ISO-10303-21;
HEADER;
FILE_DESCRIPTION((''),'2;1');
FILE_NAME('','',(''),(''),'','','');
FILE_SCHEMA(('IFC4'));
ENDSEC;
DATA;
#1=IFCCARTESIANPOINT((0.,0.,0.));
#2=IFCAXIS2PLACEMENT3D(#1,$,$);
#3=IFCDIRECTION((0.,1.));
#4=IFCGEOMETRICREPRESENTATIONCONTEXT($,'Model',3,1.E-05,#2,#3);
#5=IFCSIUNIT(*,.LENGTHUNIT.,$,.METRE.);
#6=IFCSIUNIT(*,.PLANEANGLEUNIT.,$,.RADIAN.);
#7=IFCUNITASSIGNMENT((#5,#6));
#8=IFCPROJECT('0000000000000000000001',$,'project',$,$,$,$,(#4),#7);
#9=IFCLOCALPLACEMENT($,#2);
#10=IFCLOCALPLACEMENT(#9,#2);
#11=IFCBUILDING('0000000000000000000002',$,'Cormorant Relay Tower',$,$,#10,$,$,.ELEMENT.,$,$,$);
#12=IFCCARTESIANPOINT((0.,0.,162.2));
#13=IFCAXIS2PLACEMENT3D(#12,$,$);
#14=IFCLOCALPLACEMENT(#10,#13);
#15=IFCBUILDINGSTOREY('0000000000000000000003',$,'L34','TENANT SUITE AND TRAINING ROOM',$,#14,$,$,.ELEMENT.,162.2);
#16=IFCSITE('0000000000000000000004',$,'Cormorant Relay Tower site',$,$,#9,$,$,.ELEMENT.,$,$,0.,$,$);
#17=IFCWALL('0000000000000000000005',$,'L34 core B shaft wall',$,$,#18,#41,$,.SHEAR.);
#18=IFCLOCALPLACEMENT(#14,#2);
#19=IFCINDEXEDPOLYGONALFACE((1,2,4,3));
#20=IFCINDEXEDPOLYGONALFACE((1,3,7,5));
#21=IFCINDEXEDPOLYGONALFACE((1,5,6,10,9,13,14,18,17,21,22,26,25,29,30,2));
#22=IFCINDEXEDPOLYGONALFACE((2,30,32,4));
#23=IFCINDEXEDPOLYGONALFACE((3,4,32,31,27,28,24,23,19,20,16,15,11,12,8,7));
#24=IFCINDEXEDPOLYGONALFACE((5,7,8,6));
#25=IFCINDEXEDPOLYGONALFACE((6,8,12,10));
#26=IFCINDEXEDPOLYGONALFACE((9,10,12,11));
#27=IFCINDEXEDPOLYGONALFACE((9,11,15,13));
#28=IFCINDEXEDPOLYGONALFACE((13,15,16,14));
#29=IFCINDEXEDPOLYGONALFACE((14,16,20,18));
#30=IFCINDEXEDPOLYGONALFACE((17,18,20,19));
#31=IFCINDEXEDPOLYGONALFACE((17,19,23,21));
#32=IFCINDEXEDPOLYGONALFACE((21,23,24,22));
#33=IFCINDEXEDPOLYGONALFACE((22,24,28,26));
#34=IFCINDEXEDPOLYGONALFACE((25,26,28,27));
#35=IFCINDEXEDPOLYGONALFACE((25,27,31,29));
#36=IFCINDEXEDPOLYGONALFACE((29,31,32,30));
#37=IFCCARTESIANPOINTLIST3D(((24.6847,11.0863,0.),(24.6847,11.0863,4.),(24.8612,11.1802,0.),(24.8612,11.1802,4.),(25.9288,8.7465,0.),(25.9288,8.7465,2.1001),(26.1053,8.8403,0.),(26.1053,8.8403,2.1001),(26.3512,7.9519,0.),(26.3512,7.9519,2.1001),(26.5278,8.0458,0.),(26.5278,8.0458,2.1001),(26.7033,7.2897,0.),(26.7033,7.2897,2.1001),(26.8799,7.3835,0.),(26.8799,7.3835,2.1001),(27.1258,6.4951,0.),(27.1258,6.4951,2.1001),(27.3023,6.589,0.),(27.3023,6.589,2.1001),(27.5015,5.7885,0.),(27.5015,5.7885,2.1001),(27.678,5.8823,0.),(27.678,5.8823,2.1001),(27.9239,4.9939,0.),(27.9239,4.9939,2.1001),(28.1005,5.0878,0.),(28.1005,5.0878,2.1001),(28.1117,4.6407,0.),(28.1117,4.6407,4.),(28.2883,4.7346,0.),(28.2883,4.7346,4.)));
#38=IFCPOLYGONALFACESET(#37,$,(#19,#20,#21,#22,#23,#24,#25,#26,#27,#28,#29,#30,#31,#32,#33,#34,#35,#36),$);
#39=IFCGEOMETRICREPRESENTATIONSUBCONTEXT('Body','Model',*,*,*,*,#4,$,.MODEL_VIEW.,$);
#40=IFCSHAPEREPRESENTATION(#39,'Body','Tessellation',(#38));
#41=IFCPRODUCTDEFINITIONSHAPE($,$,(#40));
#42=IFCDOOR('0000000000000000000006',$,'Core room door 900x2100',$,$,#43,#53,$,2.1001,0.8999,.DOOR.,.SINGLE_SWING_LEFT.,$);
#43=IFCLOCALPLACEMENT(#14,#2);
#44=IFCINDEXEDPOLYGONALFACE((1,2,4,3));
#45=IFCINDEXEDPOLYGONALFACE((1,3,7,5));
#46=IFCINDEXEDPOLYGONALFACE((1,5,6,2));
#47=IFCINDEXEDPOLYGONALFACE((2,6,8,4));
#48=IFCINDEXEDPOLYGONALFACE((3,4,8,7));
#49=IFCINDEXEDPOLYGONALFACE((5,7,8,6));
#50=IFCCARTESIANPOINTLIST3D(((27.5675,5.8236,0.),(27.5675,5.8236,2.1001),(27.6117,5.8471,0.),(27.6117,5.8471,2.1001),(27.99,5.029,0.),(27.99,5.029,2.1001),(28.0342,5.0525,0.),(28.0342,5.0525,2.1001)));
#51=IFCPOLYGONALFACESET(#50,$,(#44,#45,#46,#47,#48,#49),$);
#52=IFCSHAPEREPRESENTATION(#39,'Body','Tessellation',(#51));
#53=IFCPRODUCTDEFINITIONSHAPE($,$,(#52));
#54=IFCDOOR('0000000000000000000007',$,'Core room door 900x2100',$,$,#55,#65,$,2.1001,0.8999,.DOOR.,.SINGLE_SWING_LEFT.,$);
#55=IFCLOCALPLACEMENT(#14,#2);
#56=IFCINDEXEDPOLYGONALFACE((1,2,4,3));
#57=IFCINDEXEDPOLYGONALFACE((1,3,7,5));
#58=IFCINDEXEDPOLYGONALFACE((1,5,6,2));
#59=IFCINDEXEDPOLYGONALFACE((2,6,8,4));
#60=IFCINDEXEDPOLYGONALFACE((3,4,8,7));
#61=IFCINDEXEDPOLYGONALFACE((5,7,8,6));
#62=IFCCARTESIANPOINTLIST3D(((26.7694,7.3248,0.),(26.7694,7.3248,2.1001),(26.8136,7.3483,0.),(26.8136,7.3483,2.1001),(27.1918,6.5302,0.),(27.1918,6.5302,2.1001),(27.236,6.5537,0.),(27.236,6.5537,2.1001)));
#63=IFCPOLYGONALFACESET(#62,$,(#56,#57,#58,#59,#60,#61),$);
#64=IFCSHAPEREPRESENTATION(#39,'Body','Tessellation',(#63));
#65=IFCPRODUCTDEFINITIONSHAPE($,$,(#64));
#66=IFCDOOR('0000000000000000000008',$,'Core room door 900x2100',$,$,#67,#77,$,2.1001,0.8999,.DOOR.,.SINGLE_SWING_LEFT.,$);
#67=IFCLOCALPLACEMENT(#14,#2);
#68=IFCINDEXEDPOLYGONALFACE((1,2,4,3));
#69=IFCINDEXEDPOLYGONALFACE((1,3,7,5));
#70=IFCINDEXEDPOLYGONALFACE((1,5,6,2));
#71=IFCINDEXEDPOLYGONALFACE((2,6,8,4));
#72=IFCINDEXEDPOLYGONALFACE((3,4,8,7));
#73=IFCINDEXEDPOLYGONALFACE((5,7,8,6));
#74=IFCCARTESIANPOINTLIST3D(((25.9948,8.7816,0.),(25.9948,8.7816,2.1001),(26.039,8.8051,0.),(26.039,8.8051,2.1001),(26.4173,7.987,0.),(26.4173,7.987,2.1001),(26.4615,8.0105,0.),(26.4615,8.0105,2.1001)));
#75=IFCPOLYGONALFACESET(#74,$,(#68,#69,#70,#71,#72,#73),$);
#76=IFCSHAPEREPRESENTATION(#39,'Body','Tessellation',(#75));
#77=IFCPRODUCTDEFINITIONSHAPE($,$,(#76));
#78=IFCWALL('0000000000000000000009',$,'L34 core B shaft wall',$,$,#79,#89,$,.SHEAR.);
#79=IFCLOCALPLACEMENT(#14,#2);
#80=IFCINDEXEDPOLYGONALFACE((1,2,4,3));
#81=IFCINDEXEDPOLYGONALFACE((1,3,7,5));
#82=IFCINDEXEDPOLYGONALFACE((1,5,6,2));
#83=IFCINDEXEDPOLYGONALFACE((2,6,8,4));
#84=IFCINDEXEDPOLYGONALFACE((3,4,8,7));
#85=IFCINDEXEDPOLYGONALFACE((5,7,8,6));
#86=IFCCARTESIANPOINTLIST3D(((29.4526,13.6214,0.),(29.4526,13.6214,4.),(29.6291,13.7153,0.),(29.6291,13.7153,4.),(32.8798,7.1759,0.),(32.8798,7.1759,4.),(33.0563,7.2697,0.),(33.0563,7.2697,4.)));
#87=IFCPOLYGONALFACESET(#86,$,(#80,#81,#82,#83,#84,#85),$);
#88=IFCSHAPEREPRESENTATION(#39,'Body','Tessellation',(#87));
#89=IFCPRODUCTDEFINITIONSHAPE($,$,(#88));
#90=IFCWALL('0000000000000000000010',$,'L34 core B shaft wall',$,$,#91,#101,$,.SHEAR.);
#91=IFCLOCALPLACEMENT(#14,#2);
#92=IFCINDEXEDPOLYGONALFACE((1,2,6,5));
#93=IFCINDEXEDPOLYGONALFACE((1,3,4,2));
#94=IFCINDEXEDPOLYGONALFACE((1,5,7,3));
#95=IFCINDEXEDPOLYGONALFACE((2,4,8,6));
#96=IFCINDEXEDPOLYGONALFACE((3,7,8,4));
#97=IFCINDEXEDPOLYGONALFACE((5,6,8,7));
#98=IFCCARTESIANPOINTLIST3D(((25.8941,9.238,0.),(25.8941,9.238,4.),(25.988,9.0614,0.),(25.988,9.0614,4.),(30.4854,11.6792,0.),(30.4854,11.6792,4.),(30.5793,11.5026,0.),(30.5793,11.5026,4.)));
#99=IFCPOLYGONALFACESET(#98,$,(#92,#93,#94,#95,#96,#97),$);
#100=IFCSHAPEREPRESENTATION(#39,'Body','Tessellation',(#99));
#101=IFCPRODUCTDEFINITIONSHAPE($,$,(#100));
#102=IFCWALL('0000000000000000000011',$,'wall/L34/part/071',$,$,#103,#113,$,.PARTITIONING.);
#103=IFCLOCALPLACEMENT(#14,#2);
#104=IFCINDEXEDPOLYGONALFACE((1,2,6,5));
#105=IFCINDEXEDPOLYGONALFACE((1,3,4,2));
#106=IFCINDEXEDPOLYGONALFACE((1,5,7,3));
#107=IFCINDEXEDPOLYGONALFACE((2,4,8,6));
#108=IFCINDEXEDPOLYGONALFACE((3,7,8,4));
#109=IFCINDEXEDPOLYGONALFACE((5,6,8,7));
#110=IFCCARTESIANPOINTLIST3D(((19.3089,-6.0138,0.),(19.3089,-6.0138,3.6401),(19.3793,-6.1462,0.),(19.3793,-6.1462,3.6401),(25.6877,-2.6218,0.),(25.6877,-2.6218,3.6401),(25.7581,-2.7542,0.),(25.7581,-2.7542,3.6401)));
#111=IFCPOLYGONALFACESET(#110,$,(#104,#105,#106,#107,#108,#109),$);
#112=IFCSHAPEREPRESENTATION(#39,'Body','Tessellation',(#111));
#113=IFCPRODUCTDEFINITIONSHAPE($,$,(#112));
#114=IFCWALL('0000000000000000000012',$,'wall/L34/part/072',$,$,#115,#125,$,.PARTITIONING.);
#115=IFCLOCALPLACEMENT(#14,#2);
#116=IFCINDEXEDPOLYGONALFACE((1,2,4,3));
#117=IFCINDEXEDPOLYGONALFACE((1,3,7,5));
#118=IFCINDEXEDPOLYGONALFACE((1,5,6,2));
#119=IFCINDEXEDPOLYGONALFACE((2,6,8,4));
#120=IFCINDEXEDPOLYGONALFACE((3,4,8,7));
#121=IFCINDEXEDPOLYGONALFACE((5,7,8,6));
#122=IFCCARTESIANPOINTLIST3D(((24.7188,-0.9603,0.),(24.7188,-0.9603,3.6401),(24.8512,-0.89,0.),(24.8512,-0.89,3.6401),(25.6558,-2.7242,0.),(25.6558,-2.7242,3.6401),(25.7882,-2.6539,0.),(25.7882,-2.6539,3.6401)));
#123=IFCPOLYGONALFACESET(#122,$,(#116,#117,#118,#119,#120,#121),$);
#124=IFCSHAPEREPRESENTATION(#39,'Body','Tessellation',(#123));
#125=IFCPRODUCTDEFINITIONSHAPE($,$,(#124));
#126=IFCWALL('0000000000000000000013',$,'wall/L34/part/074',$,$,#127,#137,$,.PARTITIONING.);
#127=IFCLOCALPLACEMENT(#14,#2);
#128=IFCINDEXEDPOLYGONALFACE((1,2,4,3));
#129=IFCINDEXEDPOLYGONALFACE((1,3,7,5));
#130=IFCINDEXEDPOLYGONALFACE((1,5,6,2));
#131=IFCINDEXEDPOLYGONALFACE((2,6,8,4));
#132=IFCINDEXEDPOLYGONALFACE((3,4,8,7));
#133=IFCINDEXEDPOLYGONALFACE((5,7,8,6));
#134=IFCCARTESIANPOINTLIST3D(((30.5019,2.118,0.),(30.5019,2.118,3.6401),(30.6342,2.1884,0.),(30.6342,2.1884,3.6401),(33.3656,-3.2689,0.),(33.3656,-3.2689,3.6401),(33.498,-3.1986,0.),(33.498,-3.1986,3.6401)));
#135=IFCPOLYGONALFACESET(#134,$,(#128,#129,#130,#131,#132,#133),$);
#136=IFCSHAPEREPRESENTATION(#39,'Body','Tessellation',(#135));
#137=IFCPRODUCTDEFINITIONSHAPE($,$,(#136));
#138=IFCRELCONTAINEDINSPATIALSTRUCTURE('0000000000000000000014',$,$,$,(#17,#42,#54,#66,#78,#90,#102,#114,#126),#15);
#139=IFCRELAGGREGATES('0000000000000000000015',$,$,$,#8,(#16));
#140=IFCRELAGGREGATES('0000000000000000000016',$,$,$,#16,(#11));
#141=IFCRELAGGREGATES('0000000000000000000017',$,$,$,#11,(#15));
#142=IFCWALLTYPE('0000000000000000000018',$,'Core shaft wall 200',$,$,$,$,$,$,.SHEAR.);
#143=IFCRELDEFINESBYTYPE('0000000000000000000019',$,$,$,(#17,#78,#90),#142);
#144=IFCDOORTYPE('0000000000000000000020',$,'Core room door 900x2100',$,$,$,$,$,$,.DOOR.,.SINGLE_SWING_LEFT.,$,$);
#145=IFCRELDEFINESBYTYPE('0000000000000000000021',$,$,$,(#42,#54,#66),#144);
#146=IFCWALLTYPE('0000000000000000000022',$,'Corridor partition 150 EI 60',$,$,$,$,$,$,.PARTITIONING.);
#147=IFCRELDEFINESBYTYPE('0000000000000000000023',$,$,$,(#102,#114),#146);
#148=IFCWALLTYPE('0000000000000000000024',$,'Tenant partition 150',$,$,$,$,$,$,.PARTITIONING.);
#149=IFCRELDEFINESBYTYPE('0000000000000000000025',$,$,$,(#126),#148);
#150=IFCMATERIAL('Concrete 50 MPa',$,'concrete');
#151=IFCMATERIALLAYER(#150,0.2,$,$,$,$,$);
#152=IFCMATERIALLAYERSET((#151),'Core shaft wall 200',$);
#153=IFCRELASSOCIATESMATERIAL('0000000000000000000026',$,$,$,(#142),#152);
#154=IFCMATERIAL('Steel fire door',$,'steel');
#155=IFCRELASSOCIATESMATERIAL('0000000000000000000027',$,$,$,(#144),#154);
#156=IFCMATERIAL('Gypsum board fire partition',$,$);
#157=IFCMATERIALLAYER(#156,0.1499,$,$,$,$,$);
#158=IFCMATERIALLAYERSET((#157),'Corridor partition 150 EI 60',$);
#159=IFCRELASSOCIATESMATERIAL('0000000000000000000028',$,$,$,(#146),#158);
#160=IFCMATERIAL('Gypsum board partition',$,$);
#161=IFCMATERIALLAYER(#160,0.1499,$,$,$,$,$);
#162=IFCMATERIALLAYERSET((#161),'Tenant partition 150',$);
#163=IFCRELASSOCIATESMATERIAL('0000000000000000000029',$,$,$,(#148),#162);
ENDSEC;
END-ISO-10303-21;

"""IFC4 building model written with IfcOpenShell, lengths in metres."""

from ifc_helpers import new_model, si_unit, direction, frame, frame_2d, origin, place, context, subcontext, project, spatial, rectangle, extrude, material, layer, layer_set, type_object, element, fill, save


model = new_model("IFC4")

# Units and contexts
model_context = context("Model", 3, precision=1e-05, world=origin(), true_north=direction((0.0, 1.0)))
body_context = subcontext(model_context, "Body", "Model", "MODEL_VIEW")
ifc_project = project(units=[si_unit("LENGTHUNIT", "METRE"), si_unit("PLANEANGLEUNIT", "RADIAN")], contexts=[model_context])

# Site, building, storey
site_placement = place(None, origin())
site = spatial("IfcSite", under=ifc_project, at=site_placement, Name="Cormorant Relay Tower site", CompositionType="ELEMENT", RefElevation=0.0)
building_placement = place(site_placement, origin())
building = spatial("IfcBuilding", under=site, at=building_placement, Name="Cormorant Relay Tower", CompositionType="ELEMENT")
storey_placement = place(building_placement, frame((0.0, 0.0, 162.2)))
storey = spatial("IfcBuildingStorey", under=building, at=storey_placement, Name="L34", Description="TENANT SUITE AND TRAINING ROOM", CompositionType="ELEMENT", Elevation=162.2)

# Shared definitions
ifc_material_1 = material(Name="Concrete 50 MPa", Category="concrete")
ifc_layer_1 = layer(ifc_material_1, 0.2)
ifc_layer_set_1 = layer_set([ifc_layer_1], Name="Core shaft wall 200")
wall_type_1 = type_object("IfcWallType", Name="Core shaft wall 200", PredefinedType="SHEAR", material=ifc_layer_set_1)

# Wall, openings, doors
wall_1_placement = place(storey_placement, frame((28.2, 4.6877, 0.0), z_axis=(0.0, 0.0, 1.0), x_axis=(-0.469454, 0.882957, 0.0)))
wall_1 = element("IfcWall", 1, at=wall_1_placement, inside=storey, type_object=wall_type_1, Name="L34 core B shaft wall", PredefinedType="SHEAR", context=body_context, shape_type="SweptSolid", body=[
    extrude(rectangle(XDim=7.3, YDim=0.2, at=frame_2d((3.6499, 0.0))), origin(), (0.0, 0.0, 1.0), 4.0),
])
opening_1_placement = place(wall_1_placement, frame((0.3999, 0.0, 0.0)))
opening_1 = element("IfcOpeningElement", 2, at=opening_1_placement, cuts=wall_1, PredefinedType="OPENING", context=body_context, shape_type="SweptSolid", body=[
    extrude(rectangle(XDim=0.8999, YDim=2.1001, at=frame_2d((0.45, 1.05))), frame((0.0, 0.1099, 0.0), z_axis=(0.0, -1.0, 0.0), x_axis=(1.0, 0.0, 0.0)), (0.0, 0.0, 1.0), 0.22),
])
opening_2_placement = place(wall_1_placement, frame((2.1001, 0.0, 0.0)))
opening_2 = element("IfcOpeningElement", 3, at=opening_2_placement, cuts=wall_1, PredefinedType="OPENING", context=body_context, shape_type="SweptSolid", body=[
    extrude(rectangle(XDim=0.8999, YDim=2.1001, at=frame_2d((0.45, 1.05))), frame((0.0, 0.1099, 0.0), z_axis=(0.0, -1.0, 0.0), x_axis=(1.0, 0.0, 0.0)), (0.0, 0.0, 1.0), 0.22),
])
opening_3_placement = place(wall_1_placement, frame((3.75, 0.0, 0.0)))
opening_3 = element("IfcOpeningElement", 4, at=opening_3_placement, cuts=wall_1, PredefinedType="OPENING", context=body_context, shape_type="SweptSolid", body=[
    extrude(rectangle(XDim=0.8999, YDim=2.1001, at=frame_2d((0.45, 1.05))), frame((0.0, 0.1099, 0.0), z_axis=(0.0, -1.0, 0.0), x_axis=(1.0, 0.0, 0.0)), (0.0, 0.0, 1.0), 0.22),
])
ifc_material_2 = material(Name="Steel fire door", Category="steel")
door_type_1 = type_object("IfcDoorType", Name="Core room door 900x2100", OperationType="SINGLE_SWING_LEFT", PredefinedType="DOOR", material=ifc_material_2)
door_1_placement = place(opening_1_placement, frame((0.8999, 0.0, 0.0), z_axis=(0.0, 0.0, 1.0), x_axis=(-1.0, 0.0, 0.0)))
door_1 = element("IfcDoor", 5, at=door_1_placement, inside=storey, type_object=door_type_1, Name="Core room door 900x2100", OperationType="SINGLE_SWING_LEFT", OverallHeight=2.1001, OverallWidth=0.8999, PredefinedType="DOOR", context=body_context, shape_type="SweptSolid", body=[
    extrude(rectangle(XDim=0.8999, YDim=2.1001, at=frame_2d((0.45, 1.05))), frame((0.0, 0.0249, 0.0), z_axis=(0.0, -1.0, 0.0), x_axis=(1.0, 0.0, 0.0)), (0.0, 0.0, 1.0), 0.05),
])
fill(opening_1, door_1)
door_2_placement = place(opening_2_placement, frame((0.8999, 0.0, 0.0), z_axis=(0.0, 0.0, 1.0), x_axis=(-1.0, 0.0, 0.0)))
door_2 = element("IfcDoor", 6, at=door_2_placement, inside=storey, type_object=door_type_1, Name="Core room door 900x2100", OperationType="SINGLE_SWING_LEFT", OverallHeight=2.1001, OverallWidth=0.8999, PredefinedType="DOOR", context=body_context, shape_type="SweptSolid", body=[
    extrude(rectangle(XDim=0.8999, YDim=2.1001, at=frame_2d((0.45, 1.05))), frame((0.0, 0.0249, 0.0), z_axis=(0.0, -1.0, 0.0), x_axis=(1.0, 0.0, 0.0)), (0.0, 0.0, 1.0), 0.05),
])
fill(opening_2, door_2)
door_3_placement = place(opening_3_placement, frame((0.8999, 0.0, 0.0), z_axis=(0.0, 0.0, 1.0), x_axis=(-1.0, 0.0, 0.0)))
door_3 = element("IfcDoor", 7, at=door_3_placement, inside=storey, type_object=door_type_1, Name="Core room door 900x2100", OperationType="SINGLE_SWING_LEFT", OverallHeight=2.1001, OverallWidth=0.8999, PredefinedType="DOOR", context=body_context, shape_type="SweptSolid", body=[
    extrude(rectangle(XDim=0.8999, YDim=2.1001, at=frame_2d((0.45, 1.05))), frame((0.0, 0.0249, 0.0), z_axis=(0.0, -1.0, 0.0), x_axis=(1.0, 0.0, 0.0)), (0.0, 0.0, 1.0), 0.05),
])
fill(opening_3, door_3)

# Walls
wall_2_placement = place(storey_placement, frame((32.968, 7.2229, 0.0), z_axis=(0.0, 0.0, 1.0), x_axis=(-0.46948, 0.882943, 0.0)))
element("IfcWall", 8, at=wall_2_placement, inside=storey, type_object=wall_type_1, Name="L34 core B shaft wall", PredefinedType="SHEAR", context=body_context, shape_type="SweptSolid", body=[
    extrude(rectangle(XDim=7.3, YDim=0.2, at=frame_2d((3.6499, 0.0))), origin(), (0.0, 0.0, 1.0), 4.0),
])
wall_3_placement = place(storey_placement, frame((25.9409, 9.1497, 0.0), z_axis=(0.0, 0.0, 1.0), x_axis=(0.882954, 0.46946, 0.0)))
element("IfcWall", 9, at=wall_3_placement, inside=storey, type_object=wall_type_1, Name="L34 core B shaft wall", PredefinedType="SHEAR", context=body_context, shape_type="SweptSolid", body=[
    extrude(rectangle(XDim=5.2, YDim=0.2, at=frame_2d((2.6001, 0.0))), origin(), (0.0, 0.0, 1.0), 4.0),
])
ifc_material_3 = material(Name="Gypsum board fire partition")
ifc_layer_2 = layer(ifc_material_3, 0.1499)
ifc_layer_set_2 = layer_set([ifc_layer_2], Name="Corridor partition 150 EI 60")
wall_type_2 = type_object("IfcWallType", Name="Corridor partition 150 EI 60", PredefinedType="PARTITIONING", material=ifc_layer_set_2)
wall_4_placement = place(storey_placement, frame((25.7229, -2.688, 0.0), z_axis=(0.0, 0.0, 1.0), x_axis=(-0.882927, -0.469511, 0.0)))
element("IfcWall", 10, at=wall_4_placement, inside=storey, type_object=wall_type_2, Name="wall/L34/part/071", PredefinedType="PARTITIONING", context=body_context, shape_type="SweptSolid", body=[
    extrude(rectangle(XDim=7.2246, YDim=0.1499, at=frame_2d((3.6123, 0.0))), origin(), (0.0, 0.0, 1.0), 3.6401),
])
wall_5_placement = place(storey_placement, frame((25.7219, -2.689, 0.0), z_axis=(0.0, 0.0, 1.0), x_axis=(-0.469128, 0.88313, 0.0)))
element("IfcWall", 11, at=wall_5_placement, inside=storey, type_object=wall_type_2, Name="wall/L34/part/072", PredefinedType="PARTITIONING", context=body_context, shape_type="SweptSolid", body=[
    extrude(rectangle(XDim=1.9973, YDim=0.1499, at=frame_2d((0.9985, 0.0))), origin(), (0.0, 0.0, 1.0), 3.6401),
])
ifc_material_4 = material(Name="Gypsum board partition")
ifc_layer_3 = layer(ifc_material_4, 0.1499)
ifc_layer_set_3 = layer_set([ifc_layer_3], Name="Tenant partition 150")
wall_type_3 = type_object("IfcWallType", Name="Tenant partition 150", PredefinedType="PARTITIONING", material=ifc_layer_set_3)
wall_6_placement = place(storey_placement, frame((30.5681, 2.1531, 0.0), z_axis=(0.0, 0.0, 1.0), x_axis=(0.469404, -0.882984, 0.0)))
element("IfcWall", 12, at=wall_6_placement, inside=storey, type_object=wall_type_3, Name="wall/L34/part/074", PredefinedType="PARTITIONING", context=body_context, shape_type="SweptSolid", body=[
    extrude(rectangle(XDim=6.1008, YDim=0.1499, at=frame_2d((3.0503, 0.0))), origin(), (0.0, 0.0, 1.0), 3.6401),
])

save(model, "model.ifc")
